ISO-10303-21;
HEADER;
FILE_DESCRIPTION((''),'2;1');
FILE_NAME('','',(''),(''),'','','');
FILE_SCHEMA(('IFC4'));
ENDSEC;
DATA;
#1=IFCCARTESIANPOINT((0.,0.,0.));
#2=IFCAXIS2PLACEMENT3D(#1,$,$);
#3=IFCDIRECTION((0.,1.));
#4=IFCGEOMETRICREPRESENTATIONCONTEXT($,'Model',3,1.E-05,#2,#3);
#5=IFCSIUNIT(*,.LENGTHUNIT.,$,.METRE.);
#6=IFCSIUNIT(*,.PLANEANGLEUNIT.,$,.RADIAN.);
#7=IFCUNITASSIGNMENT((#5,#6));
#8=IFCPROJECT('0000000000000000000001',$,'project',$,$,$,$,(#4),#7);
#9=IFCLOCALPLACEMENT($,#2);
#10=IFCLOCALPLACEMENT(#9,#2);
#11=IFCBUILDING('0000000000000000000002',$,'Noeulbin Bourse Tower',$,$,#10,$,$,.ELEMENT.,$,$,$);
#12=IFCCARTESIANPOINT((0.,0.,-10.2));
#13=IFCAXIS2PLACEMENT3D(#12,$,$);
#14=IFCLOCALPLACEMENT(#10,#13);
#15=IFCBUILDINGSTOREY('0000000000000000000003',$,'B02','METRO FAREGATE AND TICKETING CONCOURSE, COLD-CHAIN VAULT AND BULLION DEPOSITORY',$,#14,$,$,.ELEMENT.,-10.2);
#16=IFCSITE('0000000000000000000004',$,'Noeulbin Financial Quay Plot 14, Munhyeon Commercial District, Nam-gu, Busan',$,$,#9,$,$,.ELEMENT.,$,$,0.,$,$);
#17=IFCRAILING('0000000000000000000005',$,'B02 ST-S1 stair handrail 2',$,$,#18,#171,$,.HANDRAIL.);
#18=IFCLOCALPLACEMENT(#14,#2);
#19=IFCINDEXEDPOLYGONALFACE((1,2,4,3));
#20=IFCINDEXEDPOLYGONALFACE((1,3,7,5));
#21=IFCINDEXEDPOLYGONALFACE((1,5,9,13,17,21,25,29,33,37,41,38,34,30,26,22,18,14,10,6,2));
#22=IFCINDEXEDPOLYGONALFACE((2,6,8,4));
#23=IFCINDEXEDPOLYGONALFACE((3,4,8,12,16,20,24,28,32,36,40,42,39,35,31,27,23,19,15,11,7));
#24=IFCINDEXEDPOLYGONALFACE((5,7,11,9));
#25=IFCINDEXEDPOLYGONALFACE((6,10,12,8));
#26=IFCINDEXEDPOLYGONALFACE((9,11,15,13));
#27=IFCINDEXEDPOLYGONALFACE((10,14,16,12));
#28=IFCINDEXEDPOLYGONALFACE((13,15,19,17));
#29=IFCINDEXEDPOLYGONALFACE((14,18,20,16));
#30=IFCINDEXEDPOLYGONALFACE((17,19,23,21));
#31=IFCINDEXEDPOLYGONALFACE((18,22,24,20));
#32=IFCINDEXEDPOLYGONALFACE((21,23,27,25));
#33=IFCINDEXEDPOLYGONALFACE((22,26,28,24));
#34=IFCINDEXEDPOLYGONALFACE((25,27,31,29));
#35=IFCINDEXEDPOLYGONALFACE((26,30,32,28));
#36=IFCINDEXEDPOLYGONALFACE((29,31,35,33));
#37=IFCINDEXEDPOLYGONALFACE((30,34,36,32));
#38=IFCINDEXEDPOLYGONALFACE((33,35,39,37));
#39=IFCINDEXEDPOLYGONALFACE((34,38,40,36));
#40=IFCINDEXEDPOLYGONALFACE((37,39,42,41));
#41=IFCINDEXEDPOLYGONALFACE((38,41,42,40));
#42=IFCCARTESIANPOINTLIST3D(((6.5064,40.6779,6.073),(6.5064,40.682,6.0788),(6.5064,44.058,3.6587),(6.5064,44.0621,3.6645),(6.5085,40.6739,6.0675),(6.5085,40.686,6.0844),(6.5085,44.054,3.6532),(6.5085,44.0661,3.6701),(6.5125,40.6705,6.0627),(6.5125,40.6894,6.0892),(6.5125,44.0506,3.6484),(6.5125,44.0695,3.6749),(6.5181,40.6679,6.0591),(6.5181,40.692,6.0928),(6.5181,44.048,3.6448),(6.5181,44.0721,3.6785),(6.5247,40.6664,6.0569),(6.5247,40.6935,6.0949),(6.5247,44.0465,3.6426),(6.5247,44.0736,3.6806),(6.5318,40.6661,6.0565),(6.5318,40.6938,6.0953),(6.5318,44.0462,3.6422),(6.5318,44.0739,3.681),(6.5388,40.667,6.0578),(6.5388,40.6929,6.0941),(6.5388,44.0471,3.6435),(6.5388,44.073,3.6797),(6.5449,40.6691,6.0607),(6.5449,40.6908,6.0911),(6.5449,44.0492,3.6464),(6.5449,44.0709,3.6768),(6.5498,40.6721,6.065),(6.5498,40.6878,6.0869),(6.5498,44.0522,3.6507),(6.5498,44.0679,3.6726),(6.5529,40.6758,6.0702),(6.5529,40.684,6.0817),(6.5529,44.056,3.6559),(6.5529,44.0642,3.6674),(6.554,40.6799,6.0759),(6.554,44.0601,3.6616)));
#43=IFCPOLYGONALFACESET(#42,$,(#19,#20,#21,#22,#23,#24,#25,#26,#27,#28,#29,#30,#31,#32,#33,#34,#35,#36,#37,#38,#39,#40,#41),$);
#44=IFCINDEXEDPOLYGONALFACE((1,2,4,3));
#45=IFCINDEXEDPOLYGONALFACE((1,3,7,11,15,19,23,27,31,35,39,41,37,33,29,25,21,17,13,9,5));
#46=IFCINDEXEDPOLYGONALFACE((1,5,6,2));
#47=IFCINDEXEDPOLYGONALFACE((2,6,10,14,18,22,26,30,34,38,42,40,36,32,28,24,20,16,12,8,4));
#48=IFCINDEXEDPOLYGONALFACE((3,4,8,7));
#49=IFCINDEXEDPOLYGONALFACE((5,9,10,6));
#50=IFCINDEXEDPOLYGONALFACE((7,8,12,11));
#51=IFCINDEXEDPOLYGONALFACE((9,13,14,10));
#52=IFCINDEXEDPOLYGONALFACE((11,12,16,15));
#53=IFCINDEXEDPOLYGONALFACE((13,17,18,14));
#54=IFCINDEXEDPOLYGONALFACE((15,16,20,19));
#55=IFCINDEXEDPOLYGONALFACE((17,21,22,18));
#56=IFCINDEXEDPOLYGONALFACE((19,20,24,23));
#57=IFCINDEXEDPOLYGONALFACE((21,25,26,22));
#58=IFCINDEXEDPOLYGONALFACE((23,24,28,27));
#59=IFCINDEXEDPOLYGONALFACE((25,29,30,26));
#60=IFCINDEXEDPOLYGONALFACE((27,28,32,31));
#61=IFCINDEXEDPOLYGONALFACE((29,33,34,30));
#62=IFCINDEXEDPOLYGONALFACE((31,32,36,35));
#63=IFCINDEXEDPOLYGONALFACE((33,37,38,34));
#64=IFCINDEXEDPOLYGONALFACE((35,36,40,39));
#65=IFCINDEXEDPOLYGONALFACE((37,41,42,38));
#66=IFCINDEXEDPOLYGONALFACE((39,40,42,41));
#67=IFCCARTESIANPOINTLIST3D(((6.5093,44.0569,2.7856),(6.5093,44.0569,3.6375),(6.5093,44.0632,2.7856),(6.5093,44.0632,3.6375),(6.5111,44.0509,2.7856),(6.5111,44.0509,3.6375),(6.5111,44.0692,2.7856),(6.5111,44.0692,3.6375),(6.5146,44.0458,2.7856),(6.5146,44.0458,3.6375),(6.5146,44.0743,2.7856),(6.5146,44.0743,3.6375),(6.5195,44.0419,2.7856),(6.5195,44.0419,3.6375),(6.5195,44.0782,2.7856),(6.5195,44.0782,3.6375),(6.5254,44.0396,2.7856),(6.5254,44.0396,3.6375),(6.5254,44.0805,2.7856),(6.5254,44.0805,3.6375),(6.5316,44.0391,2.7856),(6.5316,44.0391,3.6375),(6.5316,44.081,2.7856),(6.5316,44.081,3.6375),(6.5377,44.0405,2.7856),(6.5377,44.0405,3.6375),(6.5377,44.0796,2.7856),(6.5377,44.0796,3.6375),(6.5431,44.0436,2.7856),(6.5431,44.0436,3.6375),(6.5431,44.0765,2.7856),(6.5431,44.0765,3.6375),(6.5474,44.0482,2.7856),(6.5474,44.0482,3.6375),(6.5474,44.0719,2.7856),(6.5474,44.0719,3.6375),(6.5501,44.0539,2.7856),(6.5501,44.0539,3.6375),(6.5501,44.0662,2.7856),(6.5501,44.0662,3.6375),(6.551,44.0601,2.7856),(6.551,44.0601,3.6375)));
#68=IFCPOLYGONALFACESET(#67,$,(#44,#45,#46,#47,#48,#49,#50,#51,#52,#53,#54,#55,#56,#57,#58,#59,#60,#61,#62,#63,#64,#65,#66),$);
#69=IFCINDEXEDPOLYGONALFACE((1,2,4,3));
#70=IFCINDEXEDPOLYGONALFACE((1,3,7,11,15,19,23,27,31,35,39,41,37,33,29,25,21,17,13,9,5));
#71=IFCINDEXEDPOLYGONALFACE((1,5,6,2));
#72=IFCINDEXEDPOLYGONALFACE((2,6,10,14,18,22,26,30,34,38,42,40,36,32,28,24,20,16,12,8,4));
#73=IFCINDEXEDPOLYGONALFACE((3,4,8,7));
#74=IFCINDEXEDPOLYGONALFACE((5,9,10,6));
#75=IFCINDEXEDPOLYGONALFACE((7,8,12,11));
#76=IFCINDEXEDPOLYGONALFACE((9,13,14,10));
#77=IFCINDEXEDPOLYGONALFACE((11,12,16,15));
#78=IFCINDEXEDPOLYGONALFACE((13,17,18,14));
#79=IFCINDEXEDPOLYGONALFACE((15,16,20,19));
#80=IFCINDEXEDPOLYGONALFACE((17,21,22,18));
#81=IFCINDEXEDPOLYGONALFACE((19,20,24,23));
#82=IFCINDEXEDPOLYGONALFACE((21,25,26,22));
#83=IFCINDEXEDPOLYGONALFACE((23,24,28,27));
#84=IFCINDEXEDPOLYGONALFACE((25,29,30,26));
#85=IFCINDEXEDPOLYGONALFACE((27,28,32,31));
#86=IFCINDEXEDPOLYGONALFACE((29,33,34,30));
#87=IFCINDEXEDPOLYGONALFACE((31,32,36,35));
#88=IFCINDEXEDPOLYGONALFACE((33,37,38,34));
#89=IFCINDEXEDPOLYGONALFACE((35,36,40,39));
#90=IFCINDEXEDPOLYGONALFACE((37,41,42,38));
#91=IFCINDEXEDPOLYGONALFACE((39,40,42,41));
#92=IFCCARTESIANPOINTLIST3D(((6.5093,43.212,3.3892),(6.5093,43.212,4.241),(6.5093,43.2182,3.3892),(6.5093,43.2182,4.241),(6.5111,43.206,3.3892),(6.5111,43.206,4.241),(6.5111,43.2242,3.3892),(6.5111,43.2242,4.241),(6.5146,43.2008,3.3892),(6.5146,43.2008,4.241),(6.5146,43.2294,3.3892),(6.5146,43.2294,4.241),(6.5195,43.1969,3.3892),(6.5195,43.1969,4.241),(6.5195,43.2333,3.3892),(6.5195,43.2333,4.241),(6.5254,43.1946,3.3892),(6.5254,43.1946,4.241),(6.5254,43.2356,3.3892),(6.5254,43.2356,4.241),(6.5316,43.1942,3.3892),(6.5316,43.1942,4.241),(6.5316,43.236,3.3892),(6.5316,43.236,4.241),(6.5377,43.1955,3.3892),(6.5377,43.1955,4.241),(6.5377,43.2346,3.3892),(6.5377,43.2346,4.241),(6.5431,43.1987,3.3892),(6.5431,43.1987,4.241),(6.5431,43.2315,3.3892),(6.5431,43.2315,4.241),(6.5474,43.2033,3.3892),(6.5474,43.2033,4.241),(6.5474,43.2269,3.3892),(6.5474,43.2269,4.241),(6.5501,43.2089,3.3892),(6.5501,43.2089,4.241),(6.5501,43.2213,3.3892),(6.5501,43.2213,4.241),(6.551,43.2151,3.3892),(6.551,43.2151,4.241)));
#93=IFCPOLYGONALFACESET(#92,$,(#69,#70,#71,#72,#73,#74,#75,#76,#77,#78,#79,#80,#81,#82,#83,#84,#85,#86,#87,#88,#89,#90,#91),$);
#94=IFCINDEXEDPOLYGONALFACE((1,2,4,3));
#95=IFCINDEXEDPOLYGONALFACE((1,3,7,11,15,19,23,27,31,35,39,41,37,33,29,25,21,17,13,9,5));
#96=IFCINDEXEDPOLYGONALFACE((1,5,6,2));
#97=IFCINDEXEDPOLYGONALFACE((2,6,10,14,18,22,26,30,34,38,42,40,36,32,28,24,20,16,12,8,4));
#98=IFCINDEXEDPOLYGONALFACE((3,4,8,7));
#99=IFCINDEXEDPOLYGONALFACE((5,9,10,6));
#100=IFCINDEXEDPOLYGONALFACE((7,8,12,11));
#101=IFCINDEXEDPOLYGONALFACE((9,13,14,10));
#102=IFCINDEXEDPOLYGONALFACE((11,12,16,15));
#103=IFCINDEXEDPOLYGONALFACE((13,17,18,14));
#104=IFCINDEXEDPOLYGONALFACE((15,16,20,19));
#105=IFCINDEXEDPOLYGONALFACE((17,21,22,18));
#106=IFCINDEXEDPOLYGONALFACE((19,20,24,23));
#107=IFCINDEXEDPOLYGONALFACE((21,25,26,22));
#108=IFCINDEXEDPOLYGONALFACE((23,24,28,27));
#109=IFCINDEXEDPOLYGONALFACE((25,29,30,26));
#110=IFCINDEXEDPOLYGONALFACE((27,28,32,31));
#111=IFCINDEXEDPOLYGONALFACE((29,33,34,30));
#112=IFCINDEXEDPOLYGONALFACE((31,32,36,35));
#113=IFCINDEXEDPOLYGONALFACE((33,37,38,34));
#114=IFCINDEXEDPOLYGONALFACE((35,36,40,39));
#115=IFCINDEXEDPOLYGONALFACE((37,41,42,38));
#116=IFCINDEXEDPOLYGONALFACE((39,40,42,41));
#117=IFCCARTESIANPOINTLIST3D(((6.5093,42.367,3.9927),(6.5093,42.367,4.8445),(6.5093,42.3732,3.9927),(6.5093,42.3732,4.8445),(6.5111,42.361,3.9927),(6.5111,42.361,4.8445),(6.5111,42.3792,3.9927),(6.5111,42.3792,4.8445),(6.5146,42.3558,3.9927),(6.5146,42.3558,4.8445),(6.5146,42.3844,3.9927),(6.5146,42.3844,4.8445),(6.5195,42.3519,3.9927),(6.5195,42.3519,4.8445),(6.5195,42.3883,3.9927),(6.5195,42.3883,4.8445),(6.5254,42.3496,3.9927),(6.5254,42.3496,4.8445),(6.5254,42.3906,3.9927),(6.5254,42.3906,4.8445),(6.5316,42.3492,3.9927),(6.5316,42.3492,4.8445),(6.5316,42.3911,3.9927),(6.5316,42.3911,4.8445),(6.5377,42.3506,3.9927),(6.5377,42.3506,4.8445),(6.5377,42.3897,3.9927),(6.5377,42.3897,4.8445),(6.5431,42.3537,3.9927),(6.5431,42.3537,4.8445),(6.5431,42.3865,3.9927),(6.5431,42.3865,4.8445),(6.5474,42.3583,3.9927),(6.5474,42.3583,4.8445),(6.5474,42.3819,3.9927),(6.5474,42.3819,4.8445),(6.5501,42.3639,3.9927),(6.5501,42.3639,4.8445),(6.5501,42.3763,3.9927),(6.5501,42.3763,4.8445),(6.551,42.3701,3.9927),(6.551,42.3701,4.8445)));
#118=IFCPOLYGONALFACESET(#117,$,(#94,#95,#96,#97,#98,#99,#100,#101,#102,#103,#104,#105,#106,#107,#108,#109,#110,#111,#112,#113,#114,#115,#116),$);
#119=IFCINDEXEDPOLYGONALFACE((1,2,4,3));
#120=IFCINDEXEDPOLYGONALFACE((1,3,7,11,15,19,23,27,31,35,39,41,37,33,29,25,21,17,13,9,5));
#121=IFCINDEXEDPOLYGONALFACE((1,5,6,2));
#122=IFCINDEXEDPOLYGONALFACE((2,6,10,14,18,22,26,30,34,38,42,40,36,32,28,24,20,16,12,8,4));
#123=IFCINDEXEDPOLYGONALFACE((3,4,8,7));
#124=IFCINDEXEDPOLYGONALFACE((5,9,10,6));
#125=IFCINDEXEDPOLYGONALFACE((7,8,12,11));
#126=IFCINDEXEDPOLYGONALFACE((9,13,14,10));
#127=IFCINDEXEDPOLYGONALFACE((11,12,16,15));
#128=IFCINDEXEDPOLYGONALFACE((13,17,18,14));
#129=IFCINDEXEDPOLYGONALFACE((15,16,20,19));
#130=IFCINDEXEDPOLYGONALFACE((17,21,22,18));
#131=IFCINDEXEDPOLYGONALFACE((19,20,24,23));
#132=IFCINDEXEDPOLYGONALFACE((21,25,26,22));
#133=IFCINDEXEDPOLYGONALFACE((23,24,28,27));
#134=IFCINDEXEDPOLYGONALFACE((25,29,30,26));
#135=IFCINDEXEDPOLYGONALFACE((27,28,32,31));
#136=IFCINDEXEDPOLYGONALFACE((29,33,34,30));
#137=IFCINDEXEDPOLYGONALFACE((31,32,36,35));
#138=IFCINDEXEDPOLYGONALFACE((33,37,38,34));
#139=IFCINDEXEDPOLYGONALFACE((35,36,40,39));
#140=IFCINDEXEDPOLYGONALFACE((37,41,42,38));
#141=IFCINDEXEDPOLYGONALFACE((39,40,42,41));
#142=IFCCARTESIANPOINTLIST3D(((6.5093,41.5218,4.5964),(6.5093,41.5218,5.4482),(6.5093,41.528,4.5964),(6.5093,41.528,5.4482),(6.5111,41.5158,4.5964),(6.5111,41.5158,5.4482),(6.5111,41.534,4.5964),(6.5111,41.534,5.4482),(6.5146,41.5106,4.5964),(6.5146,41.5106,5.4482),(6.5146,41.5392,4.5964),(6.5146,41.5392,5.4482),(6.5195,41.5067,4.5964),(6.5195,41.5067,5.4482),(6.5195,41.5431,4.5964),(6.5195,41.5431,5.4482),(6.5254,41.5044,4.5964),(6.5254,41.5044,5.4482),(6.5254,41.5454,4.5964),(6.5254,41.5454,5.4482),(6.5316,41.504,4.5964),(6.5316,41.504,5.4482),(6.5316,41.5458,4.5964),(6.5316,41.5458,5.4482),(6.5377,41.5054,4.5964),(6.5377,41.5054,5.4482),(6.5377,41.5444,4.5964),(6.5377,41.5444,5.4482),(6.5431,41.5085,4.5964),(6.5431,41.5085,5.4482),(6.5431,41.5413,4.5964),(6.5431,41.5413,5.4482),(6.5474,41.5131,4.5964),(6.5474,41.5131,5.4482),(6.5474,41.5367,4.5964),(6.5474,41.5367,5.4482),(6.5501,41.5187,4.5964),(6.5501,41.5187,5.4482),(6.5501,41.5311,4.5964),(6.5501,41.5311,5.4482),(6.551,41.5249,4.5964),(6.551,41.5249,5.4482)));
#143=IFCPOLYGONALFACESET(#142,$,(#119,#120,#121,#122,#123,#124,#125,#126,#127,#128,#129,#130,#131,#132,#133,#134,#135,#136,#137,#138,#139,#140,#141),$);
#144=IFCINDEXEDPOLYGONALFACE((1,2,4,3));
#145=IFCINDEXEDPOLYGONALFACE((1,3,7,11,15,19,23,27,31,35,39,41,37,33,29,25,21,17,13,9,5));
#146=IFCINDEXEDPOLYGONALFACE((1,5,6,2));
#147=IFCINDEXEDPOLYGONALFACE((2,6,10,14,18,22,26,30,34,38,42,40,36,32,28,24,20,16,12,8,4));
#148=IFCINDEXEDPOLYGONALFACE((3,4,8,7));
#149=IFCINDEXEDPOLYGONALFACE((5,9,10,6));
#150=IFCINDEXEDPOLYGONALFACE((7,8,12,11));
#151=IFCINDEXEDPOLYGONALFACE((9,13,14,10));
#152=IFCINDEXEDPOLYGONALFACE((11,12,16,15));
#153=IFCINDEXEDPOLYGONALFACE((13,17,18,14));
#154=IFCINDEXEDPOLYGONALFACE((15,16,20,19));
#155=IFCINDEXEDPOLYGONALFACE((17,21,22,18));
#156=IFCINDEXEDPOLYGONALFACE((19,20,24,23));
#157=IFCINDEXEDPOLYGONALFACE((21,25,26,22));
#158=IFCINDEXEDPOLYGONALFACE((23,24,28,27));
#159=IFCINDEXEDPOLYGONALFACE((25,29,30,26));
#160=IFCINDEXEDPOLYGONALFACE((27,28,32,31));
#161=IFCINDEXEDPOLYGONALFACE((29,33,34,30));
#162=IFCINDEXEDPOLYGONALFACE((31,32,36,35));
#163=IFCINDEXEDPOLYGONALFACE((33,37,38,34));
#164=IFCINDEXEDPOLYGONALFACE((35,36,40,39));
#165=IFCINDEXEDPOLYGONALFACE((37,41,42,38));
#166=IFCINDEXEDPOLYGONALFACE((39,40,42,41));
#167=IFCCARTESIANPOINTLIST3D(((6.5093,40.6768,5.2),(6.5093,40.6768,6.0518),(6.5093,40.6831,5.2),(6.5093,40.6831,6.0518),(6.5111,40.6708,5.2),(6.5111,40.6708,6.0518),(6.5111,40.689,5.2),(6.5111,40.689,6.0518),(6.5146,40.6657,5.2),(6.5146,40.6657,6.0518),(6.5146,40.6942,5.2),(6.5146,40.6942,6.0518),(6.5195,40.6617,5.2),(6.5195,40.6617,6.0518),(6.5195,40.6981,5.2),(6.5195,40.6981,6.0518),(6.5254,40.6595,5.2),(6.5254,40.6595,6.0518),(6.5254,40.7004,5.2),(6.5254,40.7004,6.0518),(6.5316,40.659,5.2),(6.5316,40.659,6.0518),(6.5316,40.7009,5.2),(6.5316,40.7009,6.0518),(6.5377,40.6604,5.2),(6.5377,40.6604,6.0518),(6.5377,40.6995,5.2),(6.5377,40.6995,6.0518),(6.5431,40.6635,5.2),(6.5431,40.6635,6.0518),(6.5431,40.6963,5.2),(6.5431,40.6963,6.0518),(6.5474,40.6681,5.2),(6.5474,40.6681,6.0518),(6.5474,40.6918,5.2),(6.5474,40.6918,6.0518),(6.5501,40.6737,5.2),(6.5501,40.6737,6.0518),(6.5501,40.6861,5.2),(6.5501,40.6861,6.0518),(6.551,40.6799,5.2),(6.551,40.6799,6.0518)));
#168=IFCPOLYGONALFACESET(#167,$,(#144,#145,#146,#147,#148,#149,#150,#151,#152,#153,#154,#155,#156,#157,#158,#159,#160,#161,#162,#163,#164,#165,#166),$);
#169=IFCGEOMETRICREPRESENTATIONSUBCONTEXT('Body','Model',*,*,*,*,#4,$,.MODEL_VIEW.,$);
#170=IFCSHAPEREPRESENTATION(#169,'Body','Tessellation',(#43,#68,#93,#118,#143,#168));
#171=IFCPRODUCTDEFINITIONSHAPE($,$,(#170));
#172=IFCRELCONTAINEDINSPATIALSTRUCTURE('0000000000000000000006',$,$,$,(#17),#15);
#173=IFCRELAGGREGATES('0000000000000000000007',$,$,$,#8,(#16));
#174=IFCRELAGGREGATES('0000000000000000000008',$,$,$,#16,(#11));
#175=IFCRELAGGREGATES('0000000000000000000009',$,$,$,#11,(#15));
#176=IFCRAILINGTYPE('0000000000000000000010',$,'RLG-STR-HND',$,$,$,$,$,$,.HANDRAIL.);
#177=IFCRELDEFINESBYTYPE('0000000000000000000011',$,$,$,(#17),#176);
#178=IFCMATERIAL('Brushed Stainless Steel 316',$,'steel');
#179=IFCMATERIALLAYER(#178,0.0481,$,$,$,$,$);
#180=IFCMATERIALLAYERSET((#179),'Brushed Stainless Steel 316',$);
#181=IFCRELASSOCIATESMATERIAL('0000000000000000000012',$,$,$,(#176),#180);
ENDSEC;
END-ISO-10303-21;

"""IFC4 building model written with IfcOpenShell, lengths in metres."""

from ifc_helpers import new_model, si_unit, direction, frame, origin, origin_2d, place, context, subcontext, project, spatial, circle, extrude, material, layer, layer_set, type_object, element, save


model = new_model("IFC4")

# Units and contexts
model_context = context("Model", 3, precision=1e-05, world=origin(), true_north=direction((0.0, 1.0)))
body_context = subcontext(model_context, "Body", "Model", "MODEL_VIEW")
ifc_project = project(units=[si_unit("LENGTHUNIT", "METRE"), si_unit("PLANEANGLEUNIT", "RADIAN")], contexts=[model_context])

# Site, building, storey
site_placement = place(None, origin())
site = spatial("IfcSite", under=ifc_project, at=site_placement, Name="Noeulbin Financial Quay Plot 14, Munhyeon Commercial District, Nam-gu, Busan", CompositionType="ELEMENT", RefElevation=0.0)
building_placement = place(site_placement, origin())
building = spatial("IfcBuilding", under=site, at=building_placement, Name="Noeulbin Bourse Tower", CompositionType="ELEMENT")
storey_placement = place(building_placement, frame((0.0, 0.0, -10.2)))
storey = spatial("IfcBuildingStorey", under=building, at=storey_placement, Name="B02", Description="METRO FAREGATE AND TICKETING CONCOURSE, COLD-CHAIN VAULT AND BULLION DEPOSITORY", CompositionType="ELEMENT", Elevation=-10.2)

# Railing
ifc_material_1 = material(Name="Brushed Stainless Steel 316", Category="steel")
ifc_layer_1 = layer(ifc_material_1, 0.0481)
ifc_layer_set_1 = layer_set([ifc_layer_1], Name="Brushed Stainless Steel 316")
railing_type_1 = type_object("IfcRailingType", Name="RLG-STR-HND", PredefinedType="HANDRAIL", material=ifc_layer_set_1)
railing_1_placement = place(storey_placement, frame((6.53, 44.0601, 2.7856)))
element("IfcRailing", 1, at=railing_1_placement, inside=storey, type_object=railing_type_1, Name="B02 ST-S1 stair handrail 2", PredefinedType="HANDRAIL", context=body_context, shape_type="SweptSolid", body=[
    extrude(circle(Radius=0.0239, at=origin_2d()), frame((0.0, 0.0, 0.876), z_axis=(0.0, -0.813741, 0.581227), x_axis=(1.0, 0.0, 0.0)), (0.0, 0.0, 1.0), 4.1538),
    extrude(circle(Radius=0.021, at=origin_2d()), origin(), (0.0, 0.0, 1.0), 0.8518),
    extrude(circle(Radius=0.021, at=origin_2d()), frame((0.0, -0.845, 0.6035)), (0.0, 0.0, 1.0), 0.8518),
    extrude(circle(Radius=0.021, at=origin_2d()), frame((0.0, -1.6899, 1.207)), (0.0, 0.0, 1.0), 0.8518),
    extrude(circle(Radius=0.021, at=origin_2d()), frame((0.0, -2.5352, 1.8108)), (0.0, 0.0, 1.0), 0.8518),
    extrude(circle(Radius=0.021, at=origin_2d()), frame((0.0, -3.3801, 2.4143)), (0.0, 0.0, 1.0), 0.8518),
])

save(model, "model.ifc")
